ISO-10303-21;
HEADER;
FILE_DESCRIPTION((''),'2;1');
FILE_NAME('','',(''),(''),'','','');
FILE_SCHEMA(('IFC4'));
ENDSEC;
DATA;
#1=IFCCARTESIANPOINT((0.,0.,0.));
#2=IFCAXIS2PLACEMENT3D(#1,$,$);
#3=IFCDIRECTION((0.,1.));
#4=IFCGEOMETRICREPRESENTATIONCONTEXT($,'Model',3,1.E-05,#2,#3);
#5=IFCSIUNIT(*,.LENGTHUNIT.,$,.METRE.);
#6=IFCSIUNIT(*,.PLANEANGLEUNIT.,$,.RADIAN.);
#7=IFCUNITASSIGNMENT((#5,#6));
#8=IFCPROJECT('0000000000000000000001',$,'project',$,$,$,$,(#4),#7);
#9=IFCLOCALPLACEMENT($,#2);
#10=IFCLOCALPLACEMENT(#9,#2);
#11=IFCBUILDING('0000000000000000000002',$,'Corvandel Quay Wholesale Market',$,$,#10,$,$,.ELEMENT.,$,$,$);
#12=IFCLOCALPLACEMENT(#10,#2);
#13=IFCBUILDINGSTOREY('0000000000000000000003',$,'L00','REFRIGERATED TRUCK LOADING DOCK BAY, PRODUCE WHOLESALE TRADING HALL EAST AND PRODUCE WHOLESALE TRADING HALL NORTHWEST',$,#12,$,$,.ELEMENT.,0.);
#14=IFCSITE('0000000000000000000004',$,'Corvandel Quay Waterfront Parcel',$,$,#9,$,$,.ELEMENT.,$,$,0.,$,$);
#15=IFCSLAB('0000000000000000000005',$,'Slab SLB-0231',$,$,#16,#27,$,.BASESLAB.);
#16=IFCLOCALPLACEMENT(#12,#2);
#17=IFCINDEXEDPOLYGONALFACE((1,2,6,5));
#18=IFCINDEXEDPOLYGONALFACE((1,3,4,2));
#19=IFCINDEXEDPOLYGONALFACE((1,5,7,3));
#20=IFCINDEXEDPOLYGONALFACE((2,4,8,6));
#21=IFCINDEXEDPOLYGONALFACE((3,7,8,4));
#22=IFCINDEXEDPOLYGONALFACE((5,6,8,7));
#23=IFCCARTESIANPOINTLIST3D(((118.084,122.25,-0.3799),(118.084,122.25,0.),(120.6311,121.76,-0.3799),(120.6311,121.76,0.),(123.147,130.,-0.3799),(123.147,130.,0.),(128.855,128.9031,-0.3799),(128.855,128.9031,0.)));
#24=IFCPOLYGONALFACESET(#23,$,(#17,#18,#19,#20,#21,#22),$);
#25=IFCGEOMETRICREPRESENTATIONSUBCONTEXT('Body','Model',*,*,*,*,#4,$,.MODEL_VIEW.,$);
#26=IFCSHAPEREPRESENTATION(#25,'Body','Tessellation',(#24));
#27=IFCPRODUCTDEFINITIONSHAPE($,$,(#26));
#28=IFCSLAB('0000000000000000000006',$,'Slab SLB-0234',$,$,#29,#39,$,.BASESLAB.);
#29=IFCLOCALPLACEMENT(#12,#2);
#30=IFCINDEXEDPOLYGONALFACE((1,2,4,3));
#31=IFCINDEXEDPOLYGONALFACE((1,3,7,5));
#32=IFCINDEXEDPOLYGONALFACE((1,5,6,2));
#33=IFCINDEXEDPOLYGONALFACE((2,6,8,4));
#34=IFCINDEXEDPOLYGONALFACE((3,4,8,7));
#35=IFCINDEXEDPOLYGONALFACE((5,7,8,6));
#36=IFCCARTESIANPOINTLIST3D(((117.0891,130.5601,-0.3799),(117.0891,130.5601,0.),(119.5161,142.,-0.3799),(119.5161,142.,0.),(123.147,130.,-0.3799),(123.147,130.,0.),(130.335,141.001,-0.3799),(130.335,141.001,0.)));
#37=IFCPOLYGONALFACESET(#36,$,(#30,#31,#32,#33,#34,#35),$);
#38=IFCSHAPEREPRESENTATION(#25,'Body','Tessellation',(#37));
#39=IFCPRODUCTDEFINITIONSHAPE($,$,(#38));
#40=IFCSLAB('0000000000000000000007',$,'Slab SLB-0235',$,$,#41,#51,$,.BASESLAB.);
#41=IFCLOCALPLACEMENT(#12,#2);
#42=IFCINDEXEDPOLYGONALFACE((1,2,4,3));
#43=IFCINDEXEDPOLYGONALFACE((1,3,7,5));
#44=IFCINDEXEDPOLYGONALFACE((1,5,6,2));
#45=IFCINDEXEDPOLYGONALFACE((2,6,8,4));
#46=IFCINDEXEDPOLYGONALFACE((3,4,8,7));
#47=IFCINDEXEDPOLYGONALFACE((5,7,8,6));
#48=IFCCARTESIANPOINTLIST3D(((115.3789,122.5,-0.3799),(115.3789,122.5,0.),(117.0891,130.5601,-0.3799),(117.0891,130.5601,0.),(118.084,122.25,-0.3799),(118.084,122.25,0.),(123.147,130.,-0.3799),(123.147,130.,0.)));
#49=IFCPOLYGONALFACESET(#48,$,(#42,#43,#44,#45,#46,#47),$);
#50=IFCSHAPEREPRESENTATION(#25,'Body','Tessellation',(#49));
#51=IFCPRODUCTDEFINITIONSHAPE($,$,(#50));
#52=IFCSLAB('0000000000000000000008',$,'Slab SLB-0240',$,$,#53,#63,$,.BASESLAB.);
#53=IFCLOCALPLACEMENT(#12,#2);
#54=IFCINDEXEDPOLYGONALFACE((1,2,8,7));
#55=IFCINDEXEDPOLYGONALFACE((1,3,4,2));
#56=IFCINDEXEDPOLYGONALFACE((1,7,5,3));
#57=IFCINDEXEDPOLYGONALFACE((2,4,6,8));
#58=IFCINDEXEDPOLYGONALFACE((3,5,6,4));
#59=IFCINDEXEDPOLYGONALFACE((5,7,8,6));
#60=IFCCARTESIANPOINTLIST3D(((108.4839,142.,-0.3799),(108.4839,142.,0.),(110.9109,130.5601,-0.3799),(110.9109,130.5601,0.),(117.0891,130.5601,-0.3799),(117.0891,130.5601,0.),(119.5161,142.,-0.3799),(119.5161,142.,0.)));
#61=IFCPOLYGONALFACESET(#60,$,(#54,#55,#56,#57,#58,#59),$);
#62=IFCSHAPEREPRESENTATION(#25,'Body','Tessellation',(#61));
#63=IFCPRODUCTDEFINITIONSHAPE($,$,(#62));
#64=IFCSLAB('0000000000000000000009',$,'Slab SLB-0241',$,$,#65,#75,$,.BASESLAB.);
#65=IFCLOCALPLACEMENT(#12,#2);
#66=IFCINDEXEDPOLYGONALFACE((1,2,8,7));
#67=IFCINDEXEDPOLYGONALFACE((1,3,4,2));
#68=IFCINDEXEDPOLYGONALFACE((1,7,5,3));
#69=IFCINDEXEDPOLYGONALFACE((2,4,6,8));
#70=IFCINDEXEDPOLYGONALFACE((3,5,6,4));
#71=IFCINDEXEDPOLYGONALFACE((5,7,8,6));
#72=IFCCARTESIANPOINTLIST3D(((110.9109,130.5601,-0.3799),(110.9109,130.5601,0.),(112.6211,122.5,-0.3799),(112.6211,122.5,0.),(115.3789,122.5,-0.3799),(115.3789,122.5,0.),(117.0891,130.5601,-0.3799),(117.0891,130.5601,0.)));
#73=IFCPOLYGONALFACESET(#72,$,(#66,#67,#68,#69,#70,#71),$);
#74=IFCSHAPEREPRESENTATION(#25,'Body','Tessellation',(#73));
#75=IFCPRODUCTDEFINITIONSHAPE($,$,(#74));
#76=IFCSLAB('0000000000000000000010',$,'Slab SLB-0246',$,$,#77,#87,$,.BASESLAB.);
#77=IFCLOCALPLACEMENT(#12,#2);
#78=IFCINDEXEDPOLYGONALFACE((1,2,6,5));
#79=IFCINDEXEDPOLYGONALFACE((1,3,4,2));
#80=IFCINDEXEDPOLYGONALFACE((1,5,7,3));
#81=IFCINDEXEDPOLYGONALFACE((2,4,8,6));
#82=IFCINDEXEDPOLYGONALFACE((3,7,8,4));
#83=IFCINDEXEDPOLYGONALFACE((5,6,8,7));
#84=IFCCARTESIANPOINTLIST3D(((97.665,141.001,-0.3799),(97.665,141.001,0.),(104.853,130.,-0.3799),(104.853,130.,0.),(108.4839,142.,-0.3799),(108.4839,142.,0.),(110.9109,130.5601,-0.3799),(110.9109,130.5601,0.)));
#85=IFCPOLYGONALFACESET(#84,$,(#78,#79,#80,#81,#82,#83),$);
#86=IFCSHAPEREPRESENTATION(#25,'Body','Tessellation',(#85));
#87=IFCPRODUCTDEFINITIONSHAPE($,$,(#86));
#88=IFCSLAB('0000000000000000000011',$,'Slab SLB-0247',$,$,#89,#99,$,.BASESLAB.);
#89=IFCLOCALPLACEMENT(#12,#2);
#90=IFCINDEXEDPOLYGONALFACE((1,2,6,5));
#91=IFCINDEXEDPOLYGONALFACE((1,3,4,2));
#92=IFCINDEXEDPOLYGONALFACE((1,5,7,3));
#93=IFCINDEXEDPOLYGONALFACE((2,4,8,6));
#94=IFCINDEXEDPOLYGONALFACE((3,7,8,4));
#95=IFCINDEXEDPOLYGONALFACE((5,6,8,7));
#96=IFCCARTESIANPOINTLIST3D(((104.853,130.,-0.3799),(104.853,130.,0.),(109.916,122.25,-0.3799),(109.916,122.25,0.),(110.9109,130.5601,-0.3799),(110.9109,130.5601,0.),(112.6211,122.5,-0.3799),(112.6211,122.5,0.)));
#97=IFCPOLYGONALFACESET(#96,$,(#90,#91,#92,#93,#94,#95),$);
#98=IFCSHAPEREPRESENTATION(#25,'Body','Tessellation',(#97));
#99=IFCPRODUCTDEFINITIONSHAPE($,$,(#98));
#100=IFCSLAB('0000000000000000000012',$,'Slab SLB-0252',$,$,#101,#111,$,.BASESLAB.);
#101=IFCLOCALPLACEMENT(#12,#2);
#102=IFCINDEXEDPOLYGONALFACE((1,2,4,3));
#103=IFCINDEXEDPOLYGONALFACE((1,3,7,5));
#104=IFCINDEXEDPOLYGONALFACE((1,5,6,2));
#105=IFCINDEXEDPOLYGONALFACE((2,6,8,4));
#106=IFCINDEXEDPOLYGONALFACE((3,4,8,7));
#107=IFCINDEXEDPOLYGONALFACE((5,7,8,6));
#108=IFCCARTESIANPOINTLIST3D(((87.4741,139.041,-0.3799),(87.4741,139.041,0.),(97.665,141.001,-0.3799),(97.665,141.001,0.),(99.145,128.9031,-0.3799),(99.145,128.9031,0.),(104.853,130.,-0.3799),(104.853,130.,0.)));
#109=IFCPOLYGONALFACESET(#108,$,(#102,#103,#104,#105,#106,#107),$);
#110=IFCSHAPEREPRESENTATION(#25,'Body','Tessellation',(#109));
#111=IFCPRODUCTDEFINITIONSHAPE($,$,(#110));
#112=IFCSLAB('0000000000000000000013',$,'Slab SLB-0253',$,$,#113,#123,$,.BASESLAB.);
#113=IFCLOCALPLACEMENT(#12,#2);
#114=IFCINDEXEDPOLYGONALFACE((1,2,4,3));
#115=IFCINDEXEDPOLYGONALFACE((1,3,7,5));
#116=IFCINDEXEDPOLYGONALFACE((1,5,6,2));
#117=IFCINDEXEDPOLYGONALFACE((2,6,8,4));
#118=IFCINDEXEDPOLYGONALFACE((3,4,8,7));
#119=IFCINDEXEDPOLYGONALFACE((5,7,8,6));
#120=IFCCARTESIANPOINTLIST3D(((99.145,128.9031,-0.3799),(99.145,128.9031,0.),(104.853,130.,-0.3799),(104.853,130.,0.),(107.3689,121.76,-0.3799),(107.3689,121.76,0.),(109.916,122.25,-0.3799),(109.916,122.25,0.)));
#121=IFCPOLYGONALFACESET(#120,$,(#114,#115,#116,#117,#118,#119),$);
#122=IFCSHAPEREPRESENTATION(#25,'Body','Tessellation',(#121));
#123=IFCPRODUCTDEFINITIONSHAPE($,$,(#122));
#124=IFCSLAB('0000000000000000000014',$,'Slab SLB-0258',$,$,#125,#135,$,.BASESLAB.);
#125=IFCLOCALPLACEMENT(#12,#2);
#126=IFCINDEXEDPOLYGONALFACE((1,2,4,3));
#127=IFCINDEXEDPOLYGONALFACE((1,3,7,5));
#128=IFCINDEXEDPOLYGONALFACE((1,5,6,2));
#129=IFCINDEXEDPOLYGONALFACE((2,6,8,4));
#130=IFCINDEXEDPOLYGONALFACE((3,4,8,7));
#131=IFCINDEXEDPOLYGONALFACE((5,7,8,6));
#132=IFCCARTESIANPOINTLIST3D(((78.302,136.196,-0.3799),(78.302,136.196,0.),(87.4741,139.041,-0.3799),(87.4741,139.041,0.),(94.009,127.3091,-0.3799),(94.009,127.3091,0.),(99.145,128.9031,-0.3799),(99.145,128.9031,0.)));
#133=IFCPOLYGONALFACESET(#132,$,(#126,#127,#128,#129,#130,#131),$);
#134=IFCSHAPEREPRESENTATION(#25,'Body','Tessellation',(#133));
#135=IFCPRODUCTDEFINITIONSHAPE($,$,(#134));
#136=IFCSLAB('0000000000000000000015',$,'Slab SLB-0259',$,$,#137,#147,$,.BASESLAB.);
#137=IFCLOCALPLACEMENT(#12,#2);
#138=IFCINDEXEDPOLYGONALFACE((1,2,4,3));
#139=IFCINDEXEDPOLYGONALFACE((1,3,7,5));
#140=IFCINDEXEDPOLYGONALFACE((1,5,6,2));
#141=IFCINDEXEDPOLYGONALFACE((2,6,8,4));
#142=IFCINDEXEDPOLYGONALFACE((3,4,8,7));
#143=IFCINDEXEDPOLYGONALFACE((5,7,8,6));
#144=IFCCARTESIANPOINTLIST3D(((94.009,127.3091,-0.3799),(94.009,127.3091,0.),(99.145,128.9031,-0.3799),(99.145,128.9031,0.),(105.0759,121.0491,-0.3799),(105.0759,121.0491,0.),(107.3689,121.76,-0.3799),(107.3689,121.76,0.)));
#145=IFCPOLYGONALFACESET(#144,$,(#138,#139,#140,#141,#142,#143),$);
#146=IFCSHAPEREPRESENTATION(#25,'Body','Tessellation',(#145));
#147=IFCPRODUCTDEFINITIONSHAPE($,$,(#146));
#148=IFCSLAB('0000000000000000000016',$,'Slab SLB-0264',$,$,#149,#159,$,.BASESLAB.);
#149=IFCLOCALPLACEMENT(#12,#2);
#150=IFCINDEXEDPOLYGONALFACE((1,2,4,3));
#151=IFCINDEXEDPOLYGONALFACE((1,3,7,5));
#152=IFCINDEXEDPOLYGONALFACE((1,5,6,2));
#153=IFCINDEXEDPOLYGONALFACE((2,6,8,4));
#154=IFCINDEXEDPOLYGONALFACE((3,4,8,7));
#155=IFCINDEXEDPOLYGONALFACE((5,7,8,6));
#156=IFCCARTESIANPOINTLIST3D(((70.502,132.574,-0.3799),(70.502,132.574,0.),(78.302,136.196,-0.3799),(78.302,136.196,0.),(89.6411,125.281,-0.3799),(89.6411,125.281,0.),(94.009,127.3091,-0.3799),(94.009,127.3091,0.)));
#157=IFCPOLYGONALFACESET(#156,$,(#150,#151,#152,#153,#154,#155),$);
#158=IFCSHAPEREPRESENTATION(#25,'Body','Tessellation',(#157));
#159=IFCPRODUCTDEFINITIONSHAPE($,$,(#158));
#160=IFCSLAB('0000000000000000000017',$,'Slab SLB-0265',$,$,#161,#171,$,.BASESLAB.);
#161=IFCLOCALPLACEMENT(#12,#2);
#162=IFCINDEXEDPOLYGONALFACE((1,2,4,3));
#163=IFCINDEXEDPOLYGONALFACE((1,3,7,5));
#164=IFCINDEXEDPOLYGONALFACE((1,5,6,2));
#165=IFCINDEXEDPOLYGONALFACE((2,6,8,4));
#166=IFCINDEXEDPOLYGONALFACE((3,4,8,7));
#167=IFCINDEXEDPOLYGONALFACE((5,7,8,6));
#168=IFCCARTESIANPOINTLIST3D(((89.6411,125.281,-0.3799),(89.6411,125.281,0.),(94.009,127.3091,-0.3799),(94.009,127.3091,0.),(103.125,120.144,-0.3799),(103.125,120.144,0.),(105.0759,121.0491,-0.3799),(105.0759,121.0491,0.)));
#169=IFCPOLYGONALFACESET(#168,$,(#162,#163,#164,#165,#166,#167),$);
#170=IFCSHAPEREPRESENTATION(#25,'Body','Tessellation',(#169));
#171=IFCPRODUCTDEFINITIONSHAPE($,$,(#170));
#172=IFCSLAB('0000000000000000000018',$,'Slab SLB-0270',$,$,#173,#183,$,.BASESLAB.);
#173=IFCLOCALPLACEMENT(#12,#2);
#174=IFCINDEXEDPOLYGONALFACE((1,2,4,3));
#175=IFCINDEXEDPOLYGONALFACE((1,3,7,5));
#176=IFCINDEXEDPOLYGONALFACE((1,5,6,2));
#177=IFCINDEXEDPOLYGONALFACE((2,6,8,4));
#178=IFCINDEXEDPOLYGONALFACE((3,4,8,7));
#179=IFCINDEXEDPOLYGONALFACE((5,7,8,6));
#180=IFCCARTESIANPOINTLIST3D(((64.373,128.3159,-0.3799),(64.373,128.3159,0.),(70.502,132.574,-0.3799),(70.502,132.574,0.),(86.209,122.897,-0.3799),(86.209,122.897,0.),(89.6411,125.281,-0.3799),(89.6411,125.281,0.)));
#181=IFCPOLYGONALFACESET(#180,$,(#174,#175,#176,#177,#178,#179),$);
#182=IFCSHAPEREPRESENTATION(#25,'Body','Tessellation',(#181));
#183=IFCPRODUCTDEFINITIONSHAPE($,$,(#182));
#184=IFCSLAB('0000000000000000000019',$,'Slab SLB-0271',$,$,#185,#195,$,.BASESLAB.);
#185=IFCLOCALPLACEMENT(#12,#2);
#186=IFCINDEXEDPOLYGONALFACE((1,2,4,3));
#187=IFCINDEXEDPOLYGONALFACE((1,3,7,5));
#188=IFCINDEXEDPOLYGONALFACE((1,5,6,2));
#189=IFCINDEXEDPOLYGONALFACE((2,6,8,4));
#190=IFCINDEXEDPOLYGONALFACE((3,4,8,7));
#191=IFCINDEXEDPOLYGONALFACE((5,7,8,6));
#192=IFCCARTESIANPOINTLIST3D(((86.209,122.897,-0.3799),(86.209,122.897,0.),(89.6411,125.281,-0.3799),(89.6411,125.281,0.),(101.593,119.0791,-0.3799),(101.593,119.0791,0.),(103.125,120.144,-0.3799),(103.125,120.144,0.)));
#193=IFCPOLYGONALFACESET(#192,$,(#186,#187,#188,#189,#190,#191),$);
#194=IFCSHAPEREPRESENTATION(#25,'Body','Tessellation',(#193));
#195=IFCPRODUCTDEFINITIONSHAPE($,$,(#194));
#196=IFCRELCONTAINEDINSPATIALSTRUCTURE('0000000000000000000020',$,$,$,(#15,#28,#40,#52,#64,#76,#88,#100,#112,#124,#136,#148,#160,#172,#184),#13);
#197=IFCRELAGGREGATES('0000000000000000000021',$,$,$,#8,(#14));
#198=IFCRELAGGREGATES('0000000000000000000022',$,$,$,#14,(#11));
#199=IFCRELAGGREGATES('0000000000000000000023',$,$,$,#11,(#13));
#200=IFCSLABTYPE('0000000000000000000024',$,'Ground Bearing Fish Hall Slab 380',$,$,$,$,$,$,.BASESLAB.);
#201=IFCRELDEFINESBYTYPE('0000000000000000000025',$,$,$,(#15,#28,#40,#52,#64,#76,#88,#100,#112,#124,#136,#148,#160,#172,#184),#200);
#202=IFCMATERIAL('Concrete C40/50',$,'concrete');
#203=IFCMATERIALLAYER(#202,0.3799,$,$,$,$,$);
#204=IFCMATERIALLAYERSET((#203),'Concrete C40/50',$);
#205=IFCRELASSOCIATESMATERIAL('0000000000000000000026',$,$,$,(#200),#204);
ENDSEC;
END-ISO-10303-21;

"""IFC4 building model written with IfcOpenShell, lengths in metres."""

from ifc_helpers import new_model, si_unit, direction, frame, origin, place, context, subcontext, project, spatial, polyline, outline, extrude, material, layer, layer_set, type_object, element, save


model = new_model("IFC4")

# Units and contexts
model_context = context("Model", 3, precision=1e-05, world=origin(), true_north=direction((0.0, 1.0)))
body_context = subcontext(model_context, "Body", "Model", "MODEL_VIEW")
ifc_project = project(units=[si_unit("LENGTHUNIT", "METRE"), si_unit("PLANEANGLEUNIT", "RADIAN")], contexts=[model_context])

# Site, building, storey
site_placement = place(None, origin())
site = spatial("IfcSite", under=ifc_project, at=site_placement, Name="Corvandel Quay Waterfront Parcel", CompositionType="ELEMENT", RefElevation=0.0)
building_placement = place(site_placement, origin())
building = spatial("IfcBuilding", under=site, at=building_placement, Name="Corvandel Quay Wholesale Market", CompositionType="ELEMENT")
storey_placement = place(building_placement, origin())
storey = spatial("IfcBuildingStorey", under=building, at=storey_placement, Name="L00", Description="REFRIGERATED TRUCK LOADING DOCK BAY, PRODUCE WHOLESALE TRADING HALL EAST AND PRODUCE WHOLESALE TRADING HALL NORTHWEST", CompositionType="ELEMENT", Elevation=0.0)

# Slabs
ifc_material = material(Name="Concrete C40/50", Category="concrete")
ifc_layer = layer(ifc_material, 0.3799)
ifc_layer_set = layer_set([ifc_layer], Name="Concrete C40/50")
slab_type = type_object("IfcSlabType", Name="Ground Bearing Fish Hall Slab 380", PredefinedType="BASESLAB", material=ifc_layer_set)
slab_1_placement = place(storey_placement, frame((0.0, 0.0, -0.3799)))
element("IfcSlab", 1, at=slab_1_placement, inside=storey, type_object=slab_type, Name="Slab SLB-0231", PredefinedType="BASESLAB", context=body_context, shape_type="SweptSolid", body=[
    extrude(outline(polyline([(128.855, 128.9031), (123.147, 130.0), (118.084, 122.25), (120.6311, 121.76), (128.855, 128.9031)])), origin(), (0.0, 0.0, 1.0), 0.3799),
])
slab_2_placement = place(storey_placement, frame((0.0, 0.0, -0.3799)))
element("IfcSlab", 2, at=slab_2_placement, inside=storey, type_object=slab_type, Name="Slab SLB-0234", PredefinedType="BASESLAB", context=body_context, shape_type="SweptSolid", body=[
    extrude(outline(polyline([(130.335, 141.001), (119.5161, 142.0), (117.0891, 130.5601), (123.147, 130.0), (130.335, 141.001)])), origin(), (0.0, 0.0, 1.0), 0.3799),
])
slab_3_placement = place(storey_placement, frame((0.0, 0.0, -0.3799)))
element("IfcSlab", 3, at=slab_3_placement, inside=storey, type_object=slab_type, Name="Slab SLB-0235", PredefinedType="BASESLAB", context=body_context, shape_type="SweptSolid", body=[
    extrude(outline(polyline([(123.147, 130.0), (117.0891, 130.5601), (115.3789, 122.5), (118.084, 122.25), (123.147, 130.0)])), origin(), (0.0, 0.0, 1.0), 0.3799),
])
slab_4_placement = place(storey_placement, frame((0.0, 0.0, -0.3799)))
element("IfcSlab", 4, at=slab_4_placement, inside=storey, type_object=slab_type, Name="Slab SLB-0240", PredefinedType="BASESLAB", context=body_context, shape_type="SweptSolid", body=[
    extrude(outline(polyline([(119.5161, 142.0), (108.4839, 142.0), (110.9109, 130.5601), (117.0891, 130.5601), (119.5161, 142.0)])), origin(), (0.0, 0.0, 1.0), 0.3799),
])
slab_5_placement = place(storey_placement, frame((0.0, 0.0, -0.3799)))
element("IfcSlab", 5, at=slab_5_placement, inside=storey, type_object=slab_type, Name="Slab SLB-0241", PredefinedType="BASESLAB", context=body_context, shape_type="SweptSolid", body=[
    extrude(outline(polyline([(117.0891, 130.5601), (110.9109, 130.5601), (112.6211, 122.5), (115.3789, 122.5), (117.0891, 130.5601)])), origin(), (0.0, 0.0, 1.0), 0.3799),
])
slab_6_placement = place(storey_placement, frame((0.0, 0.0, -0.3799)))
element("IfcSlab", 6, at=slab_6_placement, inside=storey, type_object=slab_type, Name="Slab SLB-0246", PredefinedType="BASESLAB", context=body_context, shape_type="SweptSolid", body=[
    extrude(outline(polyline([(108.4839, 142.0), (97.665, 141.001), (104.853, 130.0), (110.9109, 130.5601), (108.4839, 142.0)])), origin(), (0.0, 0.0, 1.0), 0.3799),
])
slab_7_placement = place(storey_placement, frame((0.0, 0.0, -0.3799)))
element("IfcSlab", 7, at=slab_7_placement, inside=storey, type_object=slab_type, Name="Slab SLB-0247", PredefinedType="BASESLAB", context=body_context, shape_type="SweptSolid", body=[
    extrude(outline(polyline([(110.9109, 130.5601), (104.853, 130.0), (109.916, 122.25), (112.6211, 122.5), (110.9109, 130.5601)])), origin(), (0.0, 0.0, 1.0), 0.3799),
])
slab_8_placement = place(storey_placement, frame((0.0, 0.0, -0.3799)))
element("IfcSlab", 8, at=slab_8_placement, inside=storey, type_object=slab_type, Name="Slab SLB-0252", PredefinedType="BASESLAB", context=body_context, shape_type="SweptSolid", body=[
    extrude(outline(polyline([(97.665, 141.001), (87.4741, 139.041), (99.145, 128.9031), (104.853, 130.0), (97.665, 141.001)])), origin(), (0.0, 0.0, 1.0), 0.3799),
])
slab_9_placement = place(storey_placement, frame((0.0, 0.0, -0.3799)))
element("IfcSlab", 9, at=slab_9_placement, inside=storey, type_object=slab_type, Name="Slab SLB-0253", PredefinedType="BASESLAB", context=body_context, shape_type="SweptSolid", body=[
    extrude(outline(polyline([(104.853, 130.0), (99.145, 128.9031), (107.3689, 121.76), (109.916, 122.25), (104.853, 130.0)])), origin(), (0.0, 0.0, 1.0), 0.3799),
])
slab_10_placement = place(storey_placement, frame((0.0, 0.0, -0.3799)))
element("IfcSlab", 10, at=slab_10_placement, inside=storey, type_object=slab_type, Name="Slab SLB-0258", PredefinedType="BASESLAB", context=body_context, shape_type="SweptSolid", body=[
    extrude(outline(polyline([(87.4741, 139.041), (78.302, 136.196), (94.009, 127.3091), (99.145, 128.9031), (87.4741, 139.041)])), origin(), (0.0, 0.0, 1.0), 0.3799),
])
slab_11_placement = place(storey_placement, frame((0.0, 0.0, -0.3799)))
element("IfcSlab", 11, at=slab_11_placement, inside=storey, type_object=slab_type, Name="Slab SLB-0259", PredefinedType="BASESLAB", context=body_context, shape_type="SweptSolid", body=[
    extrude(outline(polyline([(99.145, 128.9031), (94.009, 127.3091), (105.0759, 121.0491), (107.3689, 121.76), (99.145, 128.9031)])), origin(), (0.0, 0.0, 1.0), 0.3799),
])
slab_12_placement = place(storey_placement, frame((0.0, 0.0, -0.3799)))
element("IfcSlab", 12, at=slab_12_placement, inside=storey, type_object=slab_type, Name="Slab SLB-0264", PredefinedType="BASESLAB", context=body_context, shape_type="SweptSolid", body=[
    extrude(outline(polyline([(78.302, 136.196), (70.502, 132.574), (89.6411, 125.281), (94.009, 127.3091), (78.302, 136.196)])), origin(), (0.0, 0.0, 1.0), 0.3799),
])
slab_13_placement = place(storey_placement, frame((0.0, 0.0, -0.3799)))
element("IfcSlab", 13, at=slab_13_placement, inside=storey, type_object=slab_type, Name="Slab SLB-0265", PredefinedType="BASESLAB", context=body_context, shape_type="SweptSolid", body=[
    extrude(outline(polyline([(94.009, 127.3091), (89.6411, 125.281), (103.125, 120.144), (105.0759, 121.0491), (94.009, 127.3091)])), origin(), (0.0, 0.0, 1.0), 0.3799),
])
slab_14_placement = place(storey_placement, frame((0.0, 0.0, -0.3799)))
element("IfcSlab", 14, at=slab_14_placement, inside=storey, type_object=slab_type, Name="Slab SLB-0270", PredefinedType="BASESLAB", context=body_context, shape_type="SweptSolid", body=[
    extrude(outline(polyline([(70.502, 132.574), (64.373, 128.3159), (86.209, 122.897), (89.6411, 125.281), (70.502, 132.574)])), origin(), (0.0, 0.0, 1.0), 0.3799),
])
slab_15_placement = place(storey_placement, frame((0.0, 0.0, -0.3799)))
element("IfcSlab", 15, at=slab_15_placement, inside=storey, type_object=slab_type, Name="Slab SLB-0271", PredefinedType="BASESLAB", context=body_context, shape_type="SweptSolid", body=[
    extrude(outline(polyline([(89.6411, 125.281), (86.209, 122.897), (101.593, 119.0791), (103.125, 120.144), (89.6411, 125.281)])), origin(), (0.0, 0.0, 1.0), 0.3799),
])

save(model, "model.ifc")
